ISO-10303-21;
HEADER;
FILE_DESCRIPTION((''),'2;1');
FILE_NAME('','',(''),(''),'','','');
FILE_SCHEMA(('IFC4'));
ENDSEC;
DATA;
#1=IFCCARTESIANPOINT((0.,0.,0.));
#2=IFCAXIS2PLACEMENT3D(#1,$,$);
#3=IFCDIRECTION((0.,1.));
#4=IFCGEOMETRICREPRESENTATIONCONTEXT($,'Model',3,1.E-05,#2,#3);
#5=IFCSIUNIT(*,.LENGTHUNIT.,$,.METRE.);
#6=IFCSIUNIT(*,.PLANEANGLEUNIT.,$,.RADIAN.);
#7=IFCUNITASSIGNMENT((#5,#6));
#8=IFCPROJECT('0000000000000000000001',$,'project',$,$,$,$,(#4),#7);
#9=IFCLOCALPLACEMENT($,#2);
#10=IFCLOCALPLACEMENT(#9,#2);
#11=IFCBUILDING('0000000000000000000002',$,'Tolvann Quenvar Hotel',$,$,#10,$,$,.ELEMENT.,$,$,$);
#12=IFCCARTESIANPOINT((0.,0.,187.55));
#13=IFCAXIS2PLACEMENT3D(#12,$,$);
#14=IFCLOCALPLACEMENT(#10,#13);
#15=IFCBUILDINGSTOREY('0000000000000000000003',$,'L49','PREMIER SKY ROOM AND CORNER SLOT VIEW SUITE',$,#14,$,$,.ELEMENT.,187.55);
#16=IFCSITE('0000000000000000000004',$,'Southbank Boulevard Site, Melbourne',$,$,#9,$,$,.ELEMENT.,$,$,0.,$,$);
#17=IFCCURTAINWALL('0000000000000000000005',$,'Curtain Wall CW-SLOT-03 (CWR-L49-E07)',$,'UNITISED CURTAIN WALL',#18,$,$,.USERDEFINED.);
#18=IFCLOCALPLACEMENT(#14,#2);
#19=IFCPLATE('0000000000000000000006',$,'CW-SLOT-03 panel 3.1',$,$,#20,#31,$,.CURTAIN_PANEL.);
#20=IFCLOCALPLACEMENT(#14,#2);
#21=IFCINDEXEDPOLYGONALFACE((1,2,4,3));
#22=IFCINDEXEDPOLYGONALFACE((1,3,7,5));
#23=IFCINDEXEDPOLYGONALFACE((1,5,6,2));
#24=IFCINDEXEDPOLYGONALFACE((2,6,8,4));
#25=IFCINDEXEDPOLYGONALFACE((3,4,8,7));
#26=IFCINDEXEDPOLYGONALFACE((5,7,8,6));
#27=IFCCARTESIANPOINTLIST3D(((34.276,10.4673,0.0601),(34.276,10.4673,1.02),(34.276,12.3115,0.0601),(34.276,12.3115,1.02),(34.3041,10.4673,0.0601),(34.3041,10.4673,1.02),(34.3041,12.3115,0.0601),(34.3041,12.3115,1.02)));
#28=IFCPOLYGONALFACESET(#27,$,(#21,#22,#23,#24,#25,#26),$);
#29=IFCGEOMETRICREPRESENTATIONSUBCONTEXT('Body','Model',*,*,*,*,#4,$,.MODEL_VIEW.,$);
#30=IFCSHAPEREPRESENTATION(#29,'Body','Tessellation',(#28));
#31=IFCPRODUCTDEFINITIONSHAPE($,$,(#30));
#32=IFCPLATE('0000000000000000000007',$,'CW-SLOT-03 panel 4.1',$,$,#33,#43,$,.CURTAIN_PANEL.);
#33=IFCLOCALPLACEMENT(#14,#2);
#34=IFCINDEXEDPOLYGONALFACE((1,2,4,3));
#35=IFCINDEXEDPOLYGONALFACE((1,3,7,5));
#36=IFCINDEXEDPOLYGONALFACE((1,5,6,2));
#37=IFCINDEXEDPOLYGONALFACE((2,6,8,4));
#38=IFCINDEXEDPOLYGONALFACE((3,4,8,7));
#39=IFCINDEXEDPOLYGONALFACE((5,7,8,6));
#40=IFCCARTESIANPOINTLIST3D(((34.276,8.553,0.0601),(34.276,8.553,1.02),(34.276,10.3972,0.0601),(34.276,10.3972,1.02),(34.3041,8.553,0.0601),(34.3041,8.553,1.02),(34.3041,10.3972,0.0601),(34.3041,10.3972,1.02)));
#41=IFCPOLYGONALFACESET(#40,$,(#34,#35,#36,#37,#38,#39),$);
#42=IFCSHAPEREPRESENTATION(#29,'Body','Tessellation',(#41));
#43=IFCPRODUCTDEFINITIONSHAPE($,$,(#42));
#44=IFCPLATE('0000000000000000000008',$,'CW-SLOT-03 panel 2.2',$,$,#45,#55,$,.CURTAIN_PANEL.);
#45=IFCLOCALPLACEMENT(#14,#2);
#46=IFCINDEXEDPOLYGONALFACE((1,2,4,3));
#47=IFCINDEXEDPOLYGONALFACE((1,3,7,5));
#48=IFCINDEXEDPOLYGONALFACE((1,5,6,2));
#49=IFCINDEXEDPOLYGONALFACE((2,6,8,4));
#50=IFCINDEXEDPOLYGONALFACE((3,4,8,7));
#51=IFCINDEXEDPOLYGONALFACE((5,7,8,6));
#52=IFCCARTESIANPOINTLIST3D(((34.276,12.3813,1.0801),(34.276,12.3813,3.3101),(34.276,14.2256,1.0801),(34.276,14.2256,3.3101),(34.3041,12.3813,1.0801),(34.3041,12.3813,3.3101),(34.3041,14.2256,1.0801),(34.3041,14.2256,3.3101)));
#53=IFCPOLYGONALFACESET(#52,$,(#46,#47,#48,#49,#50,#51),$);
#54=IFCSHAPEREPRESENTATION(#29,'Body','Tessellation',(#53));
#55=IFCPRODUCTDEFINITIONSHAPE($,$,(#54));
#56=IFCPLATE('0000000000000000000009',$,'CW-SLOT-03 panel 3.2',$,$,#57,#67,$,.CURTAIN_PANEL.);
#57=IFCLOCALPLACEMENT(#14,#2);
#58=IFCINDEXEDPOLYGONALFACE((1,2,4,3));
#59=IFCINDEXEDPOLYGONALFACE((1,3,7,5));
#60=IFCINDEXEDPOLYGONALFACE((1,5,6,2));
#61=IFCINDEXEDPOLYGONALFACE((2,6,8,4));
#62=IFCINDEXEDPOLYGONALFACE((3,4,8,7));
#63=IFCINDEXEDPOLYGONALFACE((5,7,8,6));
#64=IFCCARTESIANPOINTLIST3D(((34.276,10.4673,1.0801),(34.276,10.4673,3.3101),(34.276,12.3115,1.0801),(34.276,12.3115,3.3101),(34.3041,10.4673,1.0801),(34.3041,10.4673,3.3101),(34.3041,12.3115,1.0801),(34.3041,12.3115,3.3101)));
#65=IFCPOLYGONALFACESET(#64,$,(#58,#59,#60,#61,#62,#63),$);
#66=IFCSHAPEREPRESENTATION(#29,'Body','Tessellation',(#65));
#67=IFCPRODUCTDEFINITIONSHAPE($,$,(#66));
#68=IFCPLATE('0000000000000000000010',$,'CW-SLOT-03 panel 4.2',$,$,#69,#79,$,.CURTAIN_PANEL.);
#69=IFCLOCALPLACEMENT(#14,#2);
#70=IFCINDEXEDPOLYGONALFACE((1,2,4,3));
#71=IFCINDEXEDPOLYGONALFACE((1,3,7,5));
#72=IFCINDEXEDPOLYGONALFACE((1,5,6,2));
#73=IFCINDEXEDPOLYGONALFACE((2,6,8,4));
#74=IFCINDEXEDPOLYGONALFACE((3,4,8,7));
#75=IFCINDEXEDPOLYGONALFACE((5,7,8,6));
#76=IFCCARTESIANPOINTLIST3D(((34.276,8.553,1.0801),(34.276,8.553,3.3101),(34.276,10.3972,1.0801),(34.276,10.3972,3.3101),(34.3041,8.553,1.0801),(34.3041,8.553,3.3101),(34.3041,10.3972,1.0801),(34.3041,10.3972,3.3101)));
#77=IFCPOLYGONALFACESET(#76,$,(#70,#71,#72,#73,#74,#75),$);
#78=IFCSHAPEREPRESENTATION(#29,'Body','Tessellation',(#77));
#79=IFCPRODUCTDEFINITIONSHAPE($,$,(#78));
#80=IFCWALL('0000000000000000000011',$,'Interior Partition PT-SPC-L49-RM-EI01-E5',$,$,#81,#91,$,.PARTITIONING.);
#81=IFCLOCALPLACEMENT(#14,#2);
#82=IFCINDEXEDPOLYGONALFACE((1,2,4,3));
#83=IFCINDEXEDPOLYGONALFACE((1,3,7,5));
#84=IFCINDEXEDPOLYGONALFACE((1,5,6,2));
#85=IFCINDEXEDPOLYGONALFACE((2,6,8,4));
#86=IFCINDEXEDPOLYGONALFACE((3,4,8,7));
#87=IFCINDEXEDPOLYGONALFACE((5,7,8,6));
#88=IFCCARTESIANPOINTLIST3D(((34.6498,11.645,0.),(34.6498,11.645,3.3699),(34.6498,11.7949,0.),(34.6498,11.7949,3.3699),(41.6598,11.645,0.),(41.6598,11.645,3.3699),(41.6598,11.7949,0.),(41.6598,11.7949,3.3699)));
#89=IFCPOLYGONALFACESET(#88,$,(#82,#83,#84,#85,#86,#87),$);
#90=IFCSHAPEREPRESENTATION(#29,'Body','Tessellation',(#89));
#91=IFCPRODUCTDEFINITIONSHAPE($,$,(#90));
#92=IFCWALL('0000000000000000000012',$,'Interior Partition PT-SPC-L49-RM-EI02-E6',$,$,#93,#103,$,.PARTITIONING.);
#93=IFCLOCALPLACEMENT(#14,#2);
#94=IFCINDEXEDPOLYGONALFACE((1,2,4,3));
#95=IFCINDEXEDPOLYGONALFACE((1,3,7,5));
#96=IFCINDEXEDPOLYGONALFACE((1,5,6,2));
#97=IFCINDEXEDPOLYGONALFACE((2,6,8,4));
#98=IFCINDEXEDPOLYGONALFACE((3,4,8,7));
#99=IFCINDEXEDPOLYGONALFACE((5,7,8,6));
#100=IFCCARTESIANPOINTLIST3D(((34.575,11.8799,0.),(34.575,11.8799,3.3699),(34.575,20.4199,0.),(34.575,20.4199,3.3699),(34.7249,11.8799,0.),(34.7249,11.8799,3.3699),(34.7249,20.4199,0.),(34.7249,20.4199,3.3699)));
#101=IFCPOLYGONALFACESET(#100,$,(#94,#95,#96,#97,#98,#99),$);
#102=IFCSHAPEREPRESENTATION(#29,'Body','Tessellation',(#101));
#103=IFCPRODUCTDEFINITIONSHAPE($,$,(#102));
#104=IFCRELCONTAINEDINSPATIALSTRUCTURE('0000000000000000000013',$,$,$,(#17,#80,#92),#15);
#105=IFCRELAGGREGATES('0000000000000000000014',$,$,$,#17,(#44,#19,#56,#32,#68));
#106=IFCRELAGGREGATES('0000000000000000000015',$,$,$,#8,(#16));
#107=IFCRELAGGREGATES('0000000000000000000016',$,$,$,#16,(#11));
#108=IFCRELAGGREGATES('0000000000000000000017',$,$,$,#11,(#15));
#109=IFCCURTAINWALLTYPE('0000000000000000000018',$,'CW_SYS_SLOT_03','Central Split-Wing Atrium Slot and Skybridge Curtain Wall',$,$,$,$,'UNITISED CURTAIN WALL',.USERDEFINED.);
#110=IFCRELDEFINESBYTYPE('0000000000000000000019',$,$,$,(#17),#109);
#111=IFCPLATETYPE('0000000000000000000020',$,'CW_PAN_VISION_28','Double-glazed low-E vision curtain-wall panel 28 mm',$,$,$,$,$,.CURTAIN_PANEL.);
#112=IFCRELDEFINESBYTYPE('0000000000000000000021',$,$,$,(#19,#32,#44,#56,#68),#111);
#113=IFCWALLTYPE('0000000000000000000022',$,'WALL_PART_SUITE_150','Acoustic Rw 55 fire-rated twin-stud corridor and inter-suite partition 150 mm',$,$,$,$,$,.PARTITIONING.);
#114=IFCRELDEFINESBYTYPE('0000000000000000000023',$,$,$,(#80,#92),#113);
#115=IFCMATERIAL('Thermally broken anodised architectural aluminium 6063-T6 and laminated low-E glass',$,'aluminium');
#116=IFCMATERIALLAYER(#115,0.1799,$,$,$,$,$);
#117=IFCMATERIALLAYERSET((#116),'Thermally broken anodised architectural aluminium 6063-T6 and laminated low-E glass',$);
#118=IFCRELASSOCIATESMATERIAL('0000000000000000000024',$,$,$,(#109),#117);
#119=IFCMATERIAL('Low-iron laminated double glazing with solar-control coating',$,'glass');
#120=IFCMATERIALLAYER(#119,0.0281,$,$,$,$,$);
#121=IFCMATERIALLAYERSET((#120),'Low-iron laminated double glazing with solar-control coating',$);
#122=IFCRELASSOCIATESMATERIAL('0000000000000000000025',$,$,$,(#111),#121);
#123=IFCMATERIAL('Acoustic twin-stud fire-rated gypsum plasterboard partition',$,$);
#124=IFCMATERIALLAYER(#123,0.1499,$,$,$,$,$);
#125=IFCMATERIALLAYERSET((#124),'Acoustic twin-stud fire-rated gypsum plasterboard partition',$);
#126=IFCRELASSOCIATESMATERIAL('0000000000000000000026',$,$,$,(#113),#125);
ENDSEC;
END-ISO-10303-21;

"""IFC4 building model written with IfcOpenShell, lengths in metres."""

from ifc_helpers import new_model, si_unit, direction, frame, frame_2d, origin, origin_2d, place, context, subcontext, project, spatial, rectangle, extrude, source, transform, mapped, material, layer, layer_set, type_object, element, aggregate, save


model = new_model("IFC4")

# Units and contexts
model_context = context("Model", 3, precision=1e-05, world=origin(), true_north=direction((0.0, 1.0)))
body_context = subcontext(model_context, "Body", "Model", "MODEL_VIEW")
ifc_project = project(units=[si_unit("LENGTHUNIT", "METRE"), si_unit("PLANEANGLEUNIT", "RADIAN")], contexts=[model_context])

# Site, building, storey
site_placement = place(None, origin())
site = spatial("IfcSite", under=ifc_project, at=site_placement, Name="Southbank Boulevard Site, Melbourne", CompositionType="ELEMENT", RefElevation=0.0)
building_placement = place(site_placement, origin())
building = spatial("IfcBuilding", under=site, at=building_placement, Name="Tolvann Quenvar Hotel", CompositionType="ELEMENT")
storey_placement = place(building_placement, frame((0.0, 0.0, 187.55)))
storey = spatial("IfcBuildingStorey", under=building, at=storey_placement, Name="L49", Description="PREMIER SKY ROOM AND CORNER SLOT VIEW SUITE", CompositionType="ELEMENT", Elevation=187.55)

# Curtain wall, plates
ifc_material_1 = material(Name="Thermally broken anodised architectural aluminium 6063-T6 and laminated low-E glass", Category="aluminium")
ifc_layer_1 = layer(ifc_material_1, 0.1799)
ifc_layer_set_1 = layer_set([ifc_layer_1], Name="Thermally broken anodised architectural aluminium 6063-T6 and laminated low-E glass")
curtain_wall_type = type_object("IfcCurtainWallType", Name="CW_SYS_SLOT_03", Description="Central Split-Wing Atrium Slot and Skybridge Curtain Wall", ElementType="UNITISED CURTAIN WALL", PredefinedType="USERDEFINED", material=ifc_layer_set_1)
curtain_wall_placement = place(storey_placement, origin())
curtain_wall = element("IfcCurtainWall", 1, at=curtain_wall_placement, inside=storey, type_object=curtain_wall_type, Name="Curtain Wall CW-SLOT-03 (CWR-L49-E07)", ObjectType="UNITISED CURTAIN WALL", PredefinedType="USERDEFINED")
ifc_material_2 = material(Name="Low-iron laminated double glazing with solar-control coating", Category="glass")
ifc_layer_2 = layer(ifc_material_2, 0.0281)
ifc_layer_set_2 = layer_set([ifc_layer_2], Name="Low-iron laminated double glazing with solar-control coating")
plate_type = type_object("IfcPlateType", Name="CW_PAN_VISION_28", Description="Double-glazed low-E vision curtain-wall panel 28 mm", PredefinedType="CURTAIN_PANEL", material=ifc_layer_set_2)
shared_shape_1 = source(origin(), body_context, "Body", "SweptSolid", [
    extrude(rectangle(XDim=1.8442, YDim=0.0281, at=origin_2d()), origin(), (0.0, 0.0, 1.0), 0.96),
])
plate_1_placement = place(storey_placement, frame((34.29, 11.3894, 0.0601), z_axis=(0.0, 0.0, 1.0), x_axis=(0.0, -1.0, 0.0)))
plate_1 = element("IfcPlate", 2, at=plate_1_placement, type_object=plate_type, Name="CW-SLOT-03 panel 3.1", PredefinedType="CURTAIN_PANEL", context=body_context, shape_type="MappedRepresentation", body=[
    mapped(shared_shape_1, transform((0.0, 0.0, 0.0), x_axis=(1.0, 0.0, 0.0), y_axis=(0.0, 1.0, 0.0), z_axis=(0.0, 0.0, 1.0), scale=1.0)),
])
plate_2_placement = place(storey_placement, frame((34.29, 9.4751, 0.0601), z_axis=(0.0, 0.0, 1.0), x_axis=(0.0, -1.0, 0.0)))
plate_2 = element("IfcPlate", 3, at=plate_2_placement, type_object=plate_type, Name="CW-SLOT-03 panel 4.1", PredefinedType="CURTAIN_PANEL", context=body_context, shape_type="MappedRepresentation", body=[
    mapped(shared_shape_1, transform((0.0, 0.0, 0.0), x_axis=(1.0, 0.0, 0.0), y_axis=(0.0, 1.0, 0.0), z_axis=(0.0, 0.0, 1.0), scale=1.0)),
])
shared_shape_2 = source(origin(), body_context, "Body", "SweptSolid", [
    extrude(rectangle(XDim=1.8442, YDim=0.0281, at=origin_2d()), origin(), (0.0, 0.0, 1.0), 2.23),
])
plate_3_placement = place(storey_placement, frame((34.29, 13.3035, 1.0801), z_axis=(0.0, 0.0, 1.0), x_axis=(0.0, -1.0, 0.0)))
plate_3 = element("IfcPlate", 4, at=plate_3_placement, type_object=plate_type, Name="CW-SLOT-03 panel 2.2", PredefinedType="CURTAIN_PANEL", context=body_context, shape_type="MappedRepresentation", body=[
    mapped(shared_shape_2, transform((0.0, 0.0, 0.0), x_axis=(1.0, 0.0, 0.0), y_axis=(0.0, 1.0, 0.0), z_axis=(0.0, 0.0, 1.0), scale=1.0)),
])
plate_4_placement = place(storey_placement, frame((34.29, 11.3894, 1.0801), z_axis=(0.0, 0.0, 1.0), x_axis=(0.0, -1.0, 0.0)))
plate_4 = element("IfcPlate", 5, at=plate_4_placement, type_object=plate_type, Name="CW-SLOT-03 panel 3.2", PredefinedType="CURTAIN_PANEL", context=body_context, shape_type="MappedRepresentation", body=[
    mapped(shared_shape_2, transform((0.0, 0.0, 0.0), x_axis=(1.0, 0.0, 0.0), y_axis=(0.0, 1.0, 0.0), z_axis=(0.0, 0.0, 1.0), scale=1.0)),
])
plate_5_placement = place(storey_placement, frame((34.29, 9.4751, 1.0801), z_axis=(0.0, 0.0, 1.0), x_axis=(0.0, -1.0, 0.0)))
plate_5 = element("IfcPlate", 6, at=plate_5_placement, type_object=plate_type, Name="CW-SLOT-03 panel 4.2", PredefinedType="CURTAIN_PANEL", context=body_context, shape_type="MappedRepresentation", body=[
    mapped(shared_shape_2, transform((0.0, 0.0, 0.0), x_axis=(1.0, 0.0, 0.0), y_axis=(0.0, 1.0, 0.0), z_axis=(0.0, 0.0, 1.0), scale=1.0)),
])
aggregate(curtain_wall, [plate_3, plate_1, plate_4, plate_2, plate_5])

# Walls
ifc_material_3 = material(Name="Acoustic twin-stud fire-rated gypsum plasterboard partition")
ifc_layer_3 = layer(ifc_material_3, 0.1499)
ifc_layer_set_3 = layer_set([ifc_layer_3], Name="Acoustic twin-stud fire-rated gypsum plasterboard partition")
wall_type = type_object("IfcWallType", Name="WALL_PART_SUITE_150", Description="Acoustic Rw 55 fire-rated twin-stud corridor and inter-suite partition 150 mm", PredefinedType="PARTITIONING", material=ifc_layer_set_3)
wall_1_placement = place(storey_placement, frame((34.6499, 11.72, 0.0), z_axis=(0.0, 0.0, 1.0), x_axis=(1.0, 0.0, 0.0)))
element("IfcWall", 7, at=wall_1_placement, inside=storey, type_object=wall_type, Name="Interior Partition PT-SPC-L49-RM-EI01-E5", PredefinedType="PARTITIONING", context=body_context, shape_type="SweptSolid", body=[
    extrude(rectangle(XDim=7.01, YDim=0.1499, at=frame_2d((3.5049, 0.0))), origin(), (0.0, 0.0, 1.0), 3.3699),
])
wall_2_placement = place(storey_placement, frame((34.6499, 11.8799, 0.0), z_axis=(0.0, 0.0, 1.0), x_axis=(0.0, 1.0, 0.0)))
element("IfcWall", 8, at=wall_2_placement, inside=storey, type_object=wall_type, Name="Interior Partition PT-SPC-L49-RM-EI02-E6", PredefinedType="PARTITIONING", context=body_context, shape_type="SweptSolid", body=[
    extrude(rectangle(XDim=8.54, YDim=0.1499, at=frame_2d((4.27, 0.0))), origin(), (0.0, 0.0, 1.0), 3.3699),
])

save(model, "model.ifc")
